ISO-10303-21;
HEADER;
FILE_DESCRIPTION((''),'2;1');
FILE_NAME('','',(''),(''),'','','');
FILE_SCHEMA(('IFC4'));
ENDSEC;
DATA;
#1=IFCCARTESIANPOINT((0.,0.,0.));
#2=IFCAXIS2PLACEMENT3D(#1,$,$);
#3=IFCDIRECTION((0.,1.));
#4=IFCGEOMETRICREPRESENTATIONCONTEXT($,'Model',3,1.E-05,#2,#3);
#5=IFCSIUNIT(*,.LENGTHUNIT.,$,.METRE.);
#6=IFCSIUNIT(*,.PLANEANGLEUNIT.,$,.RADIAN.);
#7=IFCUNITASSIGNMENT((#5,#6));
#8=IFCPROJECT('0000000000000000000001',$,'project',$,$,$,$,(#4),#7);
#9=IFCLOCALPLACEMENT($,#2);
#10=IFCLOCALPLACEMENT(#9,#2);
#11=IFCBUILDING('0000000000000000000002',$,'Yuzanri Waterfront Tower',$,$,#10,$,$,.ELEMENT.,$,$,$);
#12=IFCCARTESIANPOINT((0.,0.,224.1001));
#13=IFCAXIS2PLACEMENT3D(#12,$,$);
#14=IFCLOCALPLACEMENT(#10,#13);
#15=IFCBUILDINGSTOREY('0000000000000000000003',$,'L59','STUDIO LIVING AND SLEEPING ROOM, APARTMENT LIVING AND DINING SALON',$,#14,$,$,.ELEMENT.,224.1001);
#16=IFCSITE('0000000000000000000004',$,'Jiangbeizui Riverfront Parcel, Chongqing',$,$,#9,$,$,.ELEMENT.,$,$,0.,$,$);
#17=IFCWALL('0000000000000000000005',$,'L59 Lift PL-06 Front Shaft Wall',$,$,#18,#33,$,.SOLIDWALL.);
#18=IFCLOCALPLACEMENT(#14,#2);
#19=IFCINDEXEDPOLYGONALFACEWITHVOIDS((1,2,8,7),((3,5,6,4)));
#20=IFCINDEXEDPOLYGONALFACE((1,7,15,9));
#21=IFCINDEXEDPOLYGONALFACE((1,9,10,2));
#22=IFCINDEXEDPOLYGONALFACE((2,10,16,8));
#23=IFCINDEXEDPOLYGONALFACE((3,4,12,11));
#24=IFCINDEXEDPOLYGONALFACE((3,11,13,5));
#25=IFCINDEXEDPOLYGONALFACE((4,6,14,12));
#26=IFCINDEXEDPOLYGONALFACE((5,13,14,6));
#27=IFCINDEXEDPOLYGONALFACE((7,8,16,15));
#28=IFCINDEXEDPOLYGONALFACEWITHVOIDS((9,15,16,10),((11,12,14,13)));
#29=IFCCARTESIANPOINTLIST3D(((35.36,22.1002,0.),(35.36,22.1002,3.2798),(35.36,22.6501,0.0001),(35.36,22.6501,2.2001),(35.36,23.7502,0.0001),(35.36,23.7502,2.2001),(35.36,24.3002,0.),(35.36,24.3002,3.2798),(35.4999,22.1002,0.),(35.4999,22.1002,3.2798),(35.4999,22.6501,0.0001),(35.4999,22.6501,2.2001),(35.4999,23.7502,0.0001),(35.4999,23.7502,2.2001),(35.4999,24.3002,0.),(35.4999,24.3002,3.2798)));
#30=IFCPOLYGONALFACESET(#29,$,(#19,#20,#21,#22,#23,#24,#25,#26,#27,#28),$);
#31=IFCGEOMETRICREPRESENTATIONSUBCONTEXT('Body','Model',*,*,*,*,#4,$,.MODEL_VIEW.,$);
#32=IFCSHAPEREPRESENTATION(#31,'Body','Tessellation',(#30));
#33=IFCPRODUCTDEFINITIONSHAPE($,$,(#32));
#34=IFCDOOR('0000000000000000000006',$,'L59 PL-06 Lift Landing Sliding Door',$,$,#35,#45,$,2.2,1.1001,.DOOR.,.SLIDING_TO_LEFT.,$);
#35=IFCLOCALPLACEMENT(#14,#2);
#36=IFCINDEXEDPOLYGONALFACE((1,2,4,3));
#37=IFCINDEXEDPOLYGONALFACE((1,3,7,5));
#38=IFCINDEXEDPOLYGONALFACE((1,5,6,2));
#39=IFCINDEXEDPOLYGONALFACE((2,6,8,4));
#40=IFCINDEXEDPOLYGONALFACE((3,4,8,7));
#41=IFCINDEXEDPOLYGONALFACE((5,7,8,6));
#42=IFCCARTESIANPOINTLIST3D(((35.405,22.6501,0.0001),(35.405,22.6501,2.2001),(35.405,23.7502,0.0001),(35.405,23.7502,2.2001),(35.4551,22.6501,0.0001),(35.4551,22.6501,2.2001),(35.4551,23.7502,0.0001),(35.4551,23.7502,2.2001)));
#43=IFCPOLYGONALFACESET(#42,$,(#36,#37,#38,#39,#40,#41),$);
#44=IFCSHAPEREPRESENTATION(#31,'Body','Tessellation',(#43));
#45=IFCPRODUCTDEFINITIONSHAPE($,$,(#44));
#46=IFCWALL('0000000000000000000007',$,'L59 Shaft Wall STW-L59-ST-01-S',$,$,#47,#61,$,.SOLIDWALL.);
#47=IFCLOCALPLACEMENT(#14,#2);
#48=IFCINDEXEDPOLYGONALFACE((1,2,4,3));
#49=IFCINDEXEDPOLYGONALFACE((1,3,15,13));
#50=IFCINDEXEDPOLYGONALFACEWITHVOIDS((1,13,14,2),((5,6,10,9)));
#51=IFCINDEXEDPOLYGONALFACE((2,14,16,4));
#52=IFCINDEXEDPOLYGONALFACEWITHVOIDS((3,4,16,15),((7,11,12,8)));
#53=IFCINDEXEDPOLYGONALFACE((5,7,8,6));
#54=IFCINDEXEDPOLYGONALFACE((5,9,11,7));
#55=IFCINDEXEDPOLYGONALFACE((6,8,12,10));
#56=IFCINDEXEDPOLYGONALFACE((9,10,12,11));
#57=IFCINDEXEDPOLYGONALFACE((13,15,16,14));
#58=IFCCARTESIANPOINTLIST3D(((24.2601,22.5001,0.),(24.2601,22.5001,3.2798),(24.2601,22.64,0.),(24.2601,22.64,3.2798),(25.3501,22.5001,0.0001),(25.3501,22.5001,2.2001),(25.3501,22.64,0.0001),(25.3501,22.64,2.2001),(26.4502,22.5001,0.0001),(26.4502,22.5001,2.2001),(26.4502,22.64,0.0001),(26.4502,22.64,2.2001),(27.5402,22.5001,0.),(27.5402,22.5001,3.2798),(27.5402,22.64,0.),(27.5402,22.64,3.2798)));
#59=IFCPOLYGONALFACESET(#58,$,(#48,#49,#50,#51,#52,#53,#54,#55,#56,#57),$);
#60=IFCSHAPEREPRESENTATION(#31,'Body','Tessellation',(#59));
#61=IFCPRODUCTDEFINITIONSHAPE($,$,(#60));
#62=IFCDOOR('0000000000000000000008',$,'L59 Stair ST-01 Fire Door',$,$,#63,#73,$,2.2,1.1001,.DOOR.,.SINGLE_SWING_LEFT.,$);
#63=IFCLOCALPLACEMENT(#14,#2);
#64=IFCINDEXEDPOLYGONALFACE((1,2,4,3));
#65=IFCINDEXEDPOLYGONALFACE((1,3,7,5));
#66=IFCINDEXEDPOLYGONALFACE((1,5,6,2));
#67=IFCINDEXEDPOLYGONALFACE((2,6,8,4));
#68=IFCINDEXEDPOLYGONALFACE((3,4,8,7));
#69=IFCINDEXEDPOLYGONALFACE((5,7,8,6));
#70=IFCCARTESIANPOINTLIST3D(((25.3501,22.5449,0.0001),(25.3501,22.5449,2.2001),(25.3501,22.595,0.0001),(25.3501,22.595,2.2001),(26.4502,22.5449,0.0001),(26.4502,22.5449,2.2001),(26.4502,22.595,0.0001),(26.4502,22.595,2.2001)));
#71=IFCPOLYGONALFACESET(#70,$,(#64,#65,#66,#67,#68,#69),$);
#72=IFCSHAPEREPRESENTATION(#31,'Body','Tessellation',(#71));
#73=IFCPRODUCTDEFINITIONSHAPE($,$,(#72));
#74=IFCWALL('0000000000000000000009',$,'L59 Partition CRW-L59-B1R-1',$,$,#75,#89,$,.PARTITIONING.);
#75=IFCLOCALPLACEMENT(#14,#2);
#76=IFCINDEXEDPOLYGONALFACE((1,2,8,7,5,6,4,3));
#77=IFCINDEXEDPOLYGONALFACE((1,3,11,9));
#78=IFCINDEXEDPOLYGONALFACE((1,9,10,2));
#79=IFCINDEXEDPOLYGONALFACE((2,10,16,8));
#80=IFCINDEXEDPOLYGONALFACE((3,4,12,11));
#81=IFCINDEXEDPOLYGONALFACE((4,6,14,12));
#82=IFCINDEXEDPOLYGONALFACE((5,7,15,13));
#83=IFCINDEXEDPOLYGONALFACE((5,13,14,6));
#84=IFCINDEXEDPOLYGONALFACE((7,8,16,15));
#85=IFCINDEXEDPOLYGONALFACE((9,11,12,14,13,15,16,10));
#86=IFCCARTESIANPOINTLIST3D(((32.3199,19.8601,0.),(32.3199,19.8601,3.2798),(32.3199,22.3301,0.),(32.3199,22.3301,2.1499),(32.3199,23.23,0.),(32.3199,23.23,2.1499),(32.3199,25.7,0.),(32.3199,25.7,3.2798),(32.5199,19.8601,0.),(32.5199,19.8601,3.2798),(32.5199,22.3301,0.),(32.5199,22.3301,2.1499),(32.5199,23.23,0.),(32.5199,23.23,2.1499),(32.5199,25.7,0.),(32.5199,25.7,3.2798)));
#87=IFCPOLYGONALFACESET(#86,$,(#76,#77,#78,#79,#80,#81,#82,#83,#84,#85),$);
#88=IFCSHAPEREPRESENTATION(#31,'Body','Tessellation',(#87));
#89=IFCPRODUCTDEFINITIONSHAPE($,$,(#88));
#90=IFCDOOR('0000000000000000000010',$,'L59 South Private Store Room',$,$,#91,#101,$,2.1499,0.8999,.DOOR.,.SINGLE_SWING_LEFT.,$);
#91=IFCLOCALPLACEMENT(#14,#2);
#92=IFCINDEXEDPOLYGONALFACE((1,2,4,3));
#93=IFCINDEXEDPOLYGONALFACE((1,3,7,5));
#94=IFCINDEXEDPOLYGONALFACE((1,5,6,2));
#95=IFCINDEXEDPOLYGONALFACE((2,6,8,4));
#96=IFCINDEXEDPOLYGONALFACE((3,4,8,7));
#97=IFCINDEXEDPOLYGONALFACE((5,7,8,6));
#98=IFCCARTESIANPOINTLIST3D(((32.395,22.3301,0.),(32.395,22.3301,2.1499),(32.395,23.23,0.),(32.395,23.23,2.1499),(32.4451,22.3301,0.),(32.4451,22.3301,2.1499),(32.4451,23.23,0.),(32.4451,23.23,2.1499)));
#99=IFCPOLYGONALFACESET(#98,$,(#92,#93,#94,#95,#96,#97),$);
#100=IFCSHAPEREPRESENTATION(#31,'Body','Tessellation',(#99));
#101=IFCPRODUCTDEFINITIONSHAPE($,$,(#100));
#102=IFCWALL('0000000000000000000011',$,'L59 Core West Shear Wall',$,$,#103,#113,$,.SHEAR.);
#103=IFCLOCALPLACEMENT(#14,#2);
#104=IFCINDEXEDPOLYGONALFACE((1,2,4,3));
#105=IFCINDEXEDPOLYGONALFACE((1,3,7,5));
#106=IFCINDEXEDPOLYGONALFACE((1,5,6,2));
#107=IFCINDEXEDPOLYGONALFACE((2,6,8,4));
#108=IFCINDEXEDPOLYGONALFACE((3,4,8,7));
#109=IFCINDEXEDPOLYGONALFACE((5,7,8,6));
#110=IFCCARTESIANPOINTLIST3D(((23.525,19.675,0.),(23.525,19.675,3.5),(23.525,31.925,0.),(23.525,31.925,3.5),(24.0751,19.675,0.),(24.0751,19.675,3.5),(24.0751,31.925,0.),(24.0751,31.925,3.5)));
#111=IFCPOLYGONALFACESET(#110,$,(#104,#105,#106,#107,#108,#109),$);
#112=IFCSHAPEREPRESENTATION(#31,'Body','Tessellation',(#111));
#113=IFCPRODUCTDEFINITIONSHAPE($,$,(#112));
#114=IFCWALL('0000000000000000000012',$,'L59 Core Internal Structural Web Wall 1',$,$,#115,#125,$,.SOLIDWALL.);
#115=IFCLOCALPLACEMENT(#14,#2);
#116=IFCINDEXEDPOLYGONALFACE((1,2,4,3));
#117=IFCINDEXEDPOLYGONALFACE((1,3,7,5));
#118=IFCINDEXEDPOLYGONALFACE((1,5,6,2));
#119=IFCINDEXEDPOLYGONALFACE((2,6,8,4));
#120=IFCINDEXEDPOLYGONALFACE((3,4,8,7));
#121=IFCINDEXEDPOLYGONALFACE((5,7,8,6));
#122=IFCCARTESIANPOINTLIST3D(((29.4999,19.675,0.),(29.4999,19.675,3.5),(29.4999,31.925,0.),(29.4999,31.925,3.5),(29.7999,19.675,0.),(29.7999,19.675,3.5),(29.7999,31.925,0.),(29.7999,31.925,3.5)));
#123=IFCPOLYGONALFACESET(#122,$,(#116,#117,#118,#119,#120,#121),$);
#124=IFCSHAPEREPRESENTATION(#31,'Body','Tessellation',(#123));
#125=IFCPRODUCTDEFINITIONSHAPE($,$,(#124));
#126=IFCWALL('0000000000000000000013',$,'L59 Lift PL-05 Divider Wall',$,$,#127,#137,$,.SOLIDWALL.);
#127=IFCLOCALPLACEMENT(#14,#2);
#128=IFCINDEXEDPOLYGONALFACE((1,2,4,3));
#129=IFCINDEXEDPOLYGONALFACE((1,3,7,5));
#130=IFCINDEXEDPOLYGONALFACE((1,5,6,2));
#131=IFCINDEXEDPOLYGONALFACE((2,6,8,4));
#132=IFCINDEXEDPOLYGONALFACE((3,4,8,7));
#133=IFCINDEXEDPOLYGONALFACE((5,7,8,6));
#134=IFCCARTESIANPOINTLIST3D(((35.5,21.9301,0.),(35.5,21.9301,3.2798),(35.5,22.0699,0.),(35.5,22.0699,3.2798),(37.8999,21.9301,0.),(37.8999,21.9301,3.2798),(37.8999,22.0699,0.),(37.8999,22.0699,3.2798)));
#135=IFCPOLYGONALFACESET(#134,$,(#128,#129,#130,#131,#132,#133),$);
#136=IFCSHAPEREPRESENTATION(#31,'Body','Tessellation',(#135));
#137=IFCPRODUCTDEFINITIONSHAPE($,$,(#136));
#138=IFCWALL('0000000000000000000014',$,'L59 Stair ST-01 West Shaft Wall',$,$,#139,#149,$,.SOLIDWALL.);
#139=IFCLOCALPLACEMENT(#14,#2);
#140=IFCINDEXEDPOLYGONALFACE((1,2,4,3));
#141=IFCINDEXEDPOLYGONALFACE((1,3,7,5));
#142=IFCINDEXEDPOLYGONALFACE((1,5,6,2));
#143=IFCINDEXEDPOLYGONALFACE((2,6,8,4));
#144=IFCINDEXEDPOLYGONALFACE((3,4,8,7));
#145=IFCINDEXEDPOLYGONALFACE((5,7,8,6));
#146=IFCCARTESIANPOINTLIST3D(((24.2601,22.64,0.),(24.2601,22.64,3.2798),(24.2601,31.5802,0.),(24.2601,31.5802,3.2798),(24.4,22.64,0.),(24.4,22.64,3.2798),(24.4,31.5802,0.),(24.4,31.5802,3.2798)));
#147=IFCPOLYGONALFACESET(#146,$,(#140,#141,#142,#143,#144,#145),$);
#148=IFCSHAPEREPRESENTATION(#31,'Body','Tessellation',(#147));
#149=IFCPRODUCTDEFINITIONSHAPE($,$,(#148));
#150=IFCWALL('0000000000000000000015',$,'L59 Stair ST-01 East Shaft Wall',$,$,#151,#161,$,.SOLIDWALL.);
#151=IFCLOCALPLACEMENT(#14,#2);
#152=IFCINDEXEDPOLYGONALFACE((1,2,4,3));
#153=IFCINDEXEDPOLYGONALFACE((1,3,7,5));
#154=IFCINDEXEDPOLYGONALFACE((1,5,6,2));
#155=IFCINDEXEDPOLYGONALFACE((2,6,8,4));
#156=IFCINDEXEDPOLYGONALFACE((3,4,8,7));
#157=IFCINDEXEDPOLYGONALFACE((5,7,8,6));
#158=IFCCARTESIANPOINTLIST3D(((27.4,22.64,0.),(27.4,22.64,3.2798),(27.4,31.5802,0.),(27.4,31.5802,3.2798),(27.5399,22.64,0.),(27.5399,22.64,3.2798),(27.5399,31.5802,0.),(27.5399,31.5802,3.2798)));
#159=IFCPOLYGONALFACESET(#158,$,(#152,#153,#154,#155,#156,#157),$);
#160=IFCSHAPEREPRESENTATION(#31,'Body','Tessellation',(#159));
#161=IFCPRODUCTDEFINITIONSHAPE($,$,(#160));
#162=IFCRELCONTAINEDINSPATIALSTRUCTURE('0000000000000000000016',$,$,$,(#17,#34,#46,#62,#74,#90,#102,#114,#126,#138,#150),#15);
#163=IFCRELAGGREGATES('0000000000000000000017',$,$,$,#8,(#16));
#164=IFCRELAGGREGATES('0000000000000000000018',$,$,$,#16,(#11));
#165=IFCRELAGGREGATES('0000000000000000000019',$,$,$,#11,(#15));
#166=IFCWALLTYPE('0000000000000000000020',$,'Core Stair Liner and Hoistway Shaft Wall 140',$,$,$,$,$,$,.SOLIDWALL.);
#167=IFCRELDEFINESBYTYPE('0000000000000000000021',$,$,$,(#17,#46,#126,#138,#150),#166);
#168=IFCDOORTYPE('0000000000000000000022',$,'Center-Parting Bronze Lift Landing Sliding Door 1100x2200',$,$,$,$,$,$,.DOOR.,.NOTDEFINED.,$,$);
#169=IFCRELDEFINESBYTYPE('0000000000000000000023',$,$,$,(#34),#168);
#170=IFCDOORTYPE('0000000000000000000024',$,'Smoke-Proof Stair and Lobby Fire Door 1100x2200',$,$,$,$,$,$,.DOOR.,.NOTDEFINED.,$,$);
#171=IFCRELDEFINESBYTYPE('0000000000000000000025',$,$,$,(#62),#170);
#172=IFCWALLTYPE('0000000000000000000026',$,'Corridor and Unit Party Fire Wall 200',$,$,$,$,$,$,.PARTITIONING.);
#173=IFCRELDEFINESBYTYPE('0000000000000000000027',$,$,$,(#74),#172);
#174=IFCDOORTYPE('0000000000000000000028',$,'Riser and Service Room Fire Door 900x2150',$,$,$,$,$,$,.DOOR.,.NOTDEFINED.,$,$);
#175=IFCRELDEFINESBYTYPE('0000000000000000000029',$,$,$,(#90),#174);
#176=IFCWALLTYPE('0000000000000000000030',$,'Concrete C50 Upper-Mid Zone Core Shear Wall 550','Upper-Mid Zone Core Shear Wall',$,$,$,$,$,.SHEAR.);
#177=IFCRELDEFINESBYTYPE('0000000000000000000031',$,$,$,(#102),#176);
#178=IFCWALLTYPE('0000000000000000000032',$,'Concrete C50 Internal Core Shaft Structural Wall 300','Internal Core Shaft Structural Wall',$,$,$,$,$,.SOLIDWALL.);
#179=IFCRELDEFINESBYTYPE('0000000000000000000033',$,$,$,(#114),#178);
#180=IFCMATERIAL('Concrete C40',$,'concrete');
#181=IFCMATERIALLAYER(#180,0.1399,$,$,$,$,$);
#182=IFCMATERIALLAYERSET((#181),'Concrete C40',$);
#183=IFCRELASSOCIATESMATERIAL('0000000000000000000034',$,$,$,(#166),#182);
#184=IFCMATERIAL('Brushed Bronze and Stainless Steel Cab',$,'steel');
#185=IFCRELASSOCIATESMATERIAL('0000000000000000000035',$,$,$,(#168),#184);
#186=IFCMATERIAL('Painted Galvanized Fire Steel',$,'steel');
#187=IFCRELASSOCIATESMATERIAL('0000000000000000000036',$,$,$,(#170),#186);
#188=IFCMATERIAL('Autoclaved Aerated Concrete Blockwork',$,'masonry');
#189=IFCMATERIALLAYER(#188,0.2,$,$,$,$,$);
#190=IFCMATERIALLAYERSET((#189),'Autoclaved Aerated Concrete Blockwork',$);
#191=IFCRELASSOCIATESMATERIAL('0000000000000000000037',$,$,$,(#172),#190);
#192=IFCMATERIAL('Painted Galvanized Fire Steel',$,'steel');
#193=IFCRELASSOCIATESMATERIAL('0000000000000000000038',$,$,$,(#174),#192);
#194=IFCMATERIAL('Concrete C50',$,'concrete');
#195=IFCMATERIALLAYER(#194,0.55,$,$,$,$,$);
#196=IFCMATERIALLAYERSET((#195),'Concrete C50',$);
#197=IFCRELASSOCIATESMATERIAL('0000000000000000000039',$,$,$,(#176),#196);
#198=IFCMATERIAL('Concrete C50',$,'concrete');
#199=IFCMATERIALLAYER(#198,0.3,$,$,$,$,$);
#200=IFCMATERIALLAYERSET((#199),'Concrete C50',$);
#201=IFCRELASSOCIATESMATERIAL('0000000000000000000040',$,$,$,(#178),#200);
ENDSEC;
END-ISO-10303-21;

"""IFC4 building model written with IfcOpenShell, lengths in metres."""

from ifc_helpers import new_model, si_unit, direction, frame, frame_2d, origin, place, context, subcontext, project, spatial, rectangle, extrude, source, transform, mapped, material, layer, layer_set, type_object, element, fill, save


model = new_model("IFC4")

# Units and contexts
model_context = context("Model", 3, precision=1e-05, world=origin(), true_north=direction((0.0, 1.0)))
body_context = subcontext(model_context, "Body", "Model", "MODEL_VIEW")
ifc_project = project(units=[si_unit("LENGTHUNIT", "METRE"), si_unit("PLANEANGLEUNIT", "RADIAN")], contexts=[model_context])

# Site, building, storey
site_placement = place(None, origin())
site = spatial("IfcSite", under=ifc_project, at=site_placement, Name="Jiangbeizui Riverfront Parcel, Chongqing", CompositionType="ELEMENT", RefElevation=0.0)
building_placement = place(site_placement, origin())
building = spatial("IfcBuilding", under=site, at=building_placement, Name="Yuzanri Waterfront Tower", CompositionType="ELEMENT")
storey_placement = place(building_placement, frame((0.0, 0.0, 224.1001)))
storey = spatial("IfcBuildingStorey", under=building, at=storey_placement, Name="L59", Description="STUDIO LIVING AND SLEEPING ROOM, APARTMENT LIVING AND DINING SALON", CompositionType="ELEMENT", Elevation=224.1001)

# Walls, openings, doors
ifc_material_1 = material(Name="Concrete C40", Category="concrete")
ifc_layer_1 = layer(ifc_material_1, 0.1399)
ifc_layer_set_1 = layer_set([ifc_layer_1], Name="Concrete C40")
wall_type_1 = type_object("IfcWallType", Name="Core Stair Liner and Hoistway Shaft Wall 140", PredefinedType="SOLIDWALL", material=ifc_layer_set_1)
ifc_material_2 = material(Name="Brushed Bronze and Stainless Steel Cab", Category="steel")
door_type_1 = type_object("IfcDoorType", Name="Center-Parting Bronze Lift Landing Sliding Door 1100x2200", OperationType="NOTDEFINED", PredefinedType="DOOR", material=ifc_material_2)
shared_shape_1 = source(origin(), body_context, "Body", "SweptSolid", [
    extrude(rectangle(XDim=1.1001, YDim=2.2, at=frame_2d((0.55, 1.1001))), frame((0.0, 0.0249, 0.0), z_axis=(0.0, -1.0, 0.0), x_axis=(1.0, 0.0, 0.0)), (0.0, 0.0, 1.0), 0.05),
])
wall_1_placement = place(storey_placement, frame((35.4299, 22.1001, 0.0), z_axis=(0.0, 0.0, 1.0), x_axis=(0.0, 1.0, 0.0)))
wall_1 = element("IfcWall", 1, at=wall_1_placement, inside=storey, type_object=wall_type_1, Name="L59 Lift PL-06 Front Shaft Wall", PredefinedType="SOLIDWALL", context=body_context, shape_type="SweptSolid", body=[
    extrude(rectangle(XDim=2.2, YDim=0.1399, at=frame_2d((1.1001, 0.0))), origin(), (0.0, 0.0, 1.0), 3.2798),
])
opening_1_placement = place(wall_1_placement, frame((0.55, 0.0, 0.0)))
opening_1 = element("IfcOpeningElement", 2, at=opening_1_placement, cuts=wall_1, PredefinedType="OPENING", context=body_context, shape_type="SweptSolid", body=[
    extrude(rectangle(XDim=1.1001, YDim=2.2, at=frame_2d((0.55, 1.1001))), frame((0.0, 0.085, 0.0), z_axis=(0.0, -1.0, 0.0), x_axis=(1.0, 0.0, 0.0)), (0.0, 0.0, 1.0), 0.1697),
])
door_1_placement = place(opening_1_placement, origin())
door_1 = element("IfcDoor", 3, at=door_1_placement, inside=storey, type_object=door_type_1, Name="L59 PL-06 Lift Landing Sliding Door", OperationType="SLIDING_TO_LEFT", OverallHeight=2.2, OverallWidth=1.1001, PredefinedType="DOOR", context=body_context, shape_type="MappedRepresentation", body=[
    mapped(shared_shape_1, transform((0.0, 0.0, 0.0), scale=1.0)),
])
fill(opening_1, door_1)
wall_2_placement = place(storey_placement, frame((24.26, 22.5701, 0.0), z_axis=(0.0, 0.0, 1.0), x_axis=(1.0, 0.0, 0.0)))
wall_2 = element("IfcWall", 4, at=wall_2_placement, inside=storey, type_object=wall_type_1, Name="L59 Shaft Wall STW-L59-ST-01-S", PredefinedType="SOLIDWALL", context=body_context, shape_type="SweptSolid", body=[
    extrude(rectangle(XDim=3.28, YDim=0.1399, at=frame_2d((1.6401, 0.0))), origin(), (0.0, 0.0, 1.0), 3.2798),
])
opening_2_placement = place(wall_2_placement, frame((1.0901, 0.0, 0.0)))
opening_2 = element("IfcOpeningElement", 5, at=opening_2_placement, cuts=wall_2, PredefinedType="OPENING", context=body_context, shape_type="SweptSolid", body=[
    extrude(rectangle(XDim=1.1001, YDim=2.2, at=frame_2d((0.55, 1.1001))), frame((0.0, 0.085, 0.0), z_axis=(0.0, -1.0, 0.0), x_axis=(1.0, 0.0, 0.0)), (0.0, 0.0, 1.0), 0.1697),
])
ifc_material_3 = material(Name="Painted Galvanized Fire Steel", Category="steel")
door_type_2 = type_object("IfcDoorType", Name="Smoke-Proof Stair and Lobby Fire Door 1100x2200", OperationType="NOTDEFINED", PredefinedType="DOOR", material=ifc_material_3)
shared_shape_2 = source(origin(), body_context, "Body", "SweptSolid", [
    extrude(rectangle(XDim=1.1001, YDim=2.2, at=frame_2d((0.55, 1.1001))), frame((0.0, 0.0249, 0.0), z_axis=(0.0, -1.0, 0.0), x_axis=(1.0, 0.0, 0.0)), (0.0, 0.0, 1.0), 0.05),
])
door_2_placement = place(opening_2_placement, origin())
door_2 = element("IfcDoor", 6, at=door_2_placement, inside=storey, type_object=door_type_2, Name="L59 Stair ST-01 Fire Door", OperationType="SINGLE_SWING_LEFT", OverallHeight=2.2, OverallWidth=1.1001, PredefinedType="DOOR", context=body_context, shape_type="MappedRepresentation", body=[
    mapped(shared_shape_2, transform((0.0, 0.0, 0.0), scale=1.0)),
])
fill(opening_2, door_2)
ifc_material_4 = material(Name="Autoclaved Aerated Concrete Blockwork", Category="masonry")
ifc_layer_2 = layer(ifc_material_4, 0.2)
ifc_layer_set_2 = layer_set([ifc_layer_2], Name="Autoclaved Aerated Concrete Blockwork")
wall_type_2 = type_object("IfcWallType", Name="Corridor and Unit Party Fire Wall 200", PredefinedType="PARTITIONING", material=ifc_layer_set_2)
wall_3_placement = place(storey_placement, frame((32.4199, 19.8601, 0.0), z_axis=(0.0, 0.0, 1.0), x_axis=(0.0, 1.0, 0.0)))
wall_3 = element("IfcWall", 7, at=wall_3_placement, inside=storey, type_object=wall_type_2, Name="L59 Partition CRW-L59-B1R-1", PredefinedType="PARTITIONING", context=body_context, shape_type="SweptSolid", body=[
    extrude(rectangle(XDim=5.8398, YDim=0.2, at=frame_2d((2.9199, 0.0))), origin(), (0.0, 0.0, 1.0), 3.2798),
])
opening_3_placement = place(wall_3_placement, frame((2.47, 0.0, 0.0)))
opening_3 = element("IfcOpeningElement", 8, at=opening_3_placement, cuts=wall_3, PredefinedType="OPENING", context=body_context, shape_type="SweptSolid", body=[
    extrude(rectangle(XDim=0.8999, YDim=2.1499, at=frame_2d((0.45, 1.075))), frame((0.0, 0.1147, 0.0), z_axis=(0.0, -1.0, 0.0), x_axis=(1.0, 0.0, 0.0)), (0.0, 0.0, 1.0), 0.2297),
])
ifc_material_5 = material(Name="Painted Galvanized Fire Steel", Category="steel")
door_type_3 = type_object("IfcDoorType", Name="Riser and Service Room Fire Door 900x2150", OperationType="NOTDEFINED", PredefinedType="DOOR", material=ifc_material_5)
shared_shape_3 = source(origin(), body_context, "Body", "SweptSolid", [
    extrude(rectangle(XDim=0.8999, YDim=2.1499, at=frame_2d((0.45, 1.075))), frame((0.0, 0.0249, 0.0), z_axis=(0.0, -1.0, 0.0), x_axis=(1.0, 0.0, 0.0)), (0.0, 0.0, 1.0), 0.05),
])
door_3_placement = place(opening_3_placement, origin())
door_3 = element("IfcDoor", 9, at=door_3_placement, inside=storey, type_object=door_type_3, Name="L59 South Private Store Room", OperationType="SINGLE_SWING_LEFT", OverallHeight=2.1499, OverallWidth=0.8999, PredefinedType="DOOR", context=body_context, shape_type="MappedRepresentation", body=[
    mapped(shared_shape_3, transform((0.0, 0.0, 0.0), scale=1.0)),
])
fill(opening_3, door_3)

# Walls
ifc_material_6 = material(Name="Concrete C50", Category="concrete")
ifc_layer_3 = layer(ifc_material_6, 0.55)
ifc_layer_set_3 = layer_set([ifc_layer_3], Name="Concrete C50")
wall_type_3 = type_object("IfcWallType", Name="Concrete C50 Upper-Mid Zone Core Shear Wall 550", Description="Upper-Mid Zone Core Shear Wall", PredefinedType="SHEAR", material=ifc_layer_set_3)
shared_shape_4 = source(origin(), body_context, "Body", "SweptSolid", [
    extrude(rectangle(XDim=12.25, YDim=0.55, at=frame_2d((6.125, 0.0))), origin(), (0.0, 0.0, 1.0), 3.5),
])
wall_4_placement = place(storey_placement, frame((23.8, 19.675, 0.0), z_axis=(0.0, 0.0, 1.0), x_axis=(0.0, 1.0, 0.0)))
element("IfcWall", 10, at=wall_4_placement, inside=storey, type_object=wall_type_3, Name="L59 Core West Shear Wall", PredefinedType="SHEAR", context=body_context, shape_type="MappedRepresentation", body=[
    mapped(shared_shape_4, transform((0.0, 0.0, 0.0), scale=1.0)),
])
ifc_material_7 = material(Name="Concrete C50", Category="concrete")
ifc_layer_4 = layer(ifc_material_7, 0.3)
ifc_layer_set_4 = layer_set([ifc_layer_4], Name="Concrete C50")
wall_type_4 = type_object("IfcWallType", Name="Concrete C50 Internal Core Shaft Structural Wall 300", Description="Internal Core Shaft Structural Wall", PredefinedType="SOLIDWALL", material=ifc_layer_set_4)
shared_shape_5 = source(origin(), body_context, "Body", "SweptSolid", [
    extrude(rectangle(XDim=12.25, YDim=0.3, at=frame_2d((6.125, 0.0))), origin(), (0.0, 0.0, 1.0), 3.5),
])
wall_5_placement = place(storey_placement, frame((29.6499, 19.675, 0.0), z_axis=(0.0, 0.0, 1.0), x_axis=(0.0, 1.0, 0.0)))
element("IfcWall", 11, at=wall_5_placement, inside=storey, type_object=wall_type_4, Name="L59 Core Internal Structural Web Wall 1", PredefinedType="SOLIDWALL", context=body_context, shape_type="MappedRepresentation", body=[
    mapped(shared_shape_5, transform((0.0, 0.0, 0.0), scale=1.0)),
])
shared_shape_6 = source(origin(), body_context, "Body", "SweptSolid", [
    extrude(rectangle(XDim=2.3999, YDim=0.1399, at=frame_2d((1.2, 0.0))), origin(), (0.0, 0.0, 1.0), 3.2798),
])
wall_6_placement = place(storey_placement, frame((35.5, 22.0, 0.0), z_axis=(0.0, 0.0, 1.0), x_axis=(1.0, 0.0, 0.0)))
element("IfcWall", 12, at=wall_6_placement, inside=storey, type_object=wall_type_1, Name="L59 Lift PL-05 Divider Wall", PredefinedType="SOLIDWALL", context=body_context, shape_type="MappedRepresentation", body=[
    mapped(shared_shape_6, transform((0.0, 0.0, 0.0), scale=1.0)),
])
shared_shape_7 = source(origin(), body_context, "Body", "SweptSolid", [
    extrude(rectangle(XDim=8.9402, YDim=0.1399, at=frame_2d((4.4702, 0.0))), origin(), (0.0, 0.0, 1.0), 3.2798),
])
for number, where, z_axis, x_axis, name in (
    (13, (24.3301, 22.6399, 0.0), (0.0, 0.0, 1.0), (0.0, 1.0, 0.0), "L59 Stair ST-01 West Shaft Wall"),
    (14, (27.47, 22.6399, 0.0), (0.0, 0.0, 1.0), (0.0, 1.0, 0.0), "L59 Stair ST-01 East Shaft Wall"),
):
    element("IfcWall", number, at=place(storey_placement, frame(where, z_axis=z_axis, x_axis=x_axis)), inside=storey, type_object=wall_type_1, Name=name, PredefinedType="SOLIDWALL", context=body_context, shape_type="MappedRepresentation", body=[
        mapped(shared_shape_7, transform((0.0, 0.0, 0.0), scale=1.0)),
    ])

save(model, "model.ifc")
